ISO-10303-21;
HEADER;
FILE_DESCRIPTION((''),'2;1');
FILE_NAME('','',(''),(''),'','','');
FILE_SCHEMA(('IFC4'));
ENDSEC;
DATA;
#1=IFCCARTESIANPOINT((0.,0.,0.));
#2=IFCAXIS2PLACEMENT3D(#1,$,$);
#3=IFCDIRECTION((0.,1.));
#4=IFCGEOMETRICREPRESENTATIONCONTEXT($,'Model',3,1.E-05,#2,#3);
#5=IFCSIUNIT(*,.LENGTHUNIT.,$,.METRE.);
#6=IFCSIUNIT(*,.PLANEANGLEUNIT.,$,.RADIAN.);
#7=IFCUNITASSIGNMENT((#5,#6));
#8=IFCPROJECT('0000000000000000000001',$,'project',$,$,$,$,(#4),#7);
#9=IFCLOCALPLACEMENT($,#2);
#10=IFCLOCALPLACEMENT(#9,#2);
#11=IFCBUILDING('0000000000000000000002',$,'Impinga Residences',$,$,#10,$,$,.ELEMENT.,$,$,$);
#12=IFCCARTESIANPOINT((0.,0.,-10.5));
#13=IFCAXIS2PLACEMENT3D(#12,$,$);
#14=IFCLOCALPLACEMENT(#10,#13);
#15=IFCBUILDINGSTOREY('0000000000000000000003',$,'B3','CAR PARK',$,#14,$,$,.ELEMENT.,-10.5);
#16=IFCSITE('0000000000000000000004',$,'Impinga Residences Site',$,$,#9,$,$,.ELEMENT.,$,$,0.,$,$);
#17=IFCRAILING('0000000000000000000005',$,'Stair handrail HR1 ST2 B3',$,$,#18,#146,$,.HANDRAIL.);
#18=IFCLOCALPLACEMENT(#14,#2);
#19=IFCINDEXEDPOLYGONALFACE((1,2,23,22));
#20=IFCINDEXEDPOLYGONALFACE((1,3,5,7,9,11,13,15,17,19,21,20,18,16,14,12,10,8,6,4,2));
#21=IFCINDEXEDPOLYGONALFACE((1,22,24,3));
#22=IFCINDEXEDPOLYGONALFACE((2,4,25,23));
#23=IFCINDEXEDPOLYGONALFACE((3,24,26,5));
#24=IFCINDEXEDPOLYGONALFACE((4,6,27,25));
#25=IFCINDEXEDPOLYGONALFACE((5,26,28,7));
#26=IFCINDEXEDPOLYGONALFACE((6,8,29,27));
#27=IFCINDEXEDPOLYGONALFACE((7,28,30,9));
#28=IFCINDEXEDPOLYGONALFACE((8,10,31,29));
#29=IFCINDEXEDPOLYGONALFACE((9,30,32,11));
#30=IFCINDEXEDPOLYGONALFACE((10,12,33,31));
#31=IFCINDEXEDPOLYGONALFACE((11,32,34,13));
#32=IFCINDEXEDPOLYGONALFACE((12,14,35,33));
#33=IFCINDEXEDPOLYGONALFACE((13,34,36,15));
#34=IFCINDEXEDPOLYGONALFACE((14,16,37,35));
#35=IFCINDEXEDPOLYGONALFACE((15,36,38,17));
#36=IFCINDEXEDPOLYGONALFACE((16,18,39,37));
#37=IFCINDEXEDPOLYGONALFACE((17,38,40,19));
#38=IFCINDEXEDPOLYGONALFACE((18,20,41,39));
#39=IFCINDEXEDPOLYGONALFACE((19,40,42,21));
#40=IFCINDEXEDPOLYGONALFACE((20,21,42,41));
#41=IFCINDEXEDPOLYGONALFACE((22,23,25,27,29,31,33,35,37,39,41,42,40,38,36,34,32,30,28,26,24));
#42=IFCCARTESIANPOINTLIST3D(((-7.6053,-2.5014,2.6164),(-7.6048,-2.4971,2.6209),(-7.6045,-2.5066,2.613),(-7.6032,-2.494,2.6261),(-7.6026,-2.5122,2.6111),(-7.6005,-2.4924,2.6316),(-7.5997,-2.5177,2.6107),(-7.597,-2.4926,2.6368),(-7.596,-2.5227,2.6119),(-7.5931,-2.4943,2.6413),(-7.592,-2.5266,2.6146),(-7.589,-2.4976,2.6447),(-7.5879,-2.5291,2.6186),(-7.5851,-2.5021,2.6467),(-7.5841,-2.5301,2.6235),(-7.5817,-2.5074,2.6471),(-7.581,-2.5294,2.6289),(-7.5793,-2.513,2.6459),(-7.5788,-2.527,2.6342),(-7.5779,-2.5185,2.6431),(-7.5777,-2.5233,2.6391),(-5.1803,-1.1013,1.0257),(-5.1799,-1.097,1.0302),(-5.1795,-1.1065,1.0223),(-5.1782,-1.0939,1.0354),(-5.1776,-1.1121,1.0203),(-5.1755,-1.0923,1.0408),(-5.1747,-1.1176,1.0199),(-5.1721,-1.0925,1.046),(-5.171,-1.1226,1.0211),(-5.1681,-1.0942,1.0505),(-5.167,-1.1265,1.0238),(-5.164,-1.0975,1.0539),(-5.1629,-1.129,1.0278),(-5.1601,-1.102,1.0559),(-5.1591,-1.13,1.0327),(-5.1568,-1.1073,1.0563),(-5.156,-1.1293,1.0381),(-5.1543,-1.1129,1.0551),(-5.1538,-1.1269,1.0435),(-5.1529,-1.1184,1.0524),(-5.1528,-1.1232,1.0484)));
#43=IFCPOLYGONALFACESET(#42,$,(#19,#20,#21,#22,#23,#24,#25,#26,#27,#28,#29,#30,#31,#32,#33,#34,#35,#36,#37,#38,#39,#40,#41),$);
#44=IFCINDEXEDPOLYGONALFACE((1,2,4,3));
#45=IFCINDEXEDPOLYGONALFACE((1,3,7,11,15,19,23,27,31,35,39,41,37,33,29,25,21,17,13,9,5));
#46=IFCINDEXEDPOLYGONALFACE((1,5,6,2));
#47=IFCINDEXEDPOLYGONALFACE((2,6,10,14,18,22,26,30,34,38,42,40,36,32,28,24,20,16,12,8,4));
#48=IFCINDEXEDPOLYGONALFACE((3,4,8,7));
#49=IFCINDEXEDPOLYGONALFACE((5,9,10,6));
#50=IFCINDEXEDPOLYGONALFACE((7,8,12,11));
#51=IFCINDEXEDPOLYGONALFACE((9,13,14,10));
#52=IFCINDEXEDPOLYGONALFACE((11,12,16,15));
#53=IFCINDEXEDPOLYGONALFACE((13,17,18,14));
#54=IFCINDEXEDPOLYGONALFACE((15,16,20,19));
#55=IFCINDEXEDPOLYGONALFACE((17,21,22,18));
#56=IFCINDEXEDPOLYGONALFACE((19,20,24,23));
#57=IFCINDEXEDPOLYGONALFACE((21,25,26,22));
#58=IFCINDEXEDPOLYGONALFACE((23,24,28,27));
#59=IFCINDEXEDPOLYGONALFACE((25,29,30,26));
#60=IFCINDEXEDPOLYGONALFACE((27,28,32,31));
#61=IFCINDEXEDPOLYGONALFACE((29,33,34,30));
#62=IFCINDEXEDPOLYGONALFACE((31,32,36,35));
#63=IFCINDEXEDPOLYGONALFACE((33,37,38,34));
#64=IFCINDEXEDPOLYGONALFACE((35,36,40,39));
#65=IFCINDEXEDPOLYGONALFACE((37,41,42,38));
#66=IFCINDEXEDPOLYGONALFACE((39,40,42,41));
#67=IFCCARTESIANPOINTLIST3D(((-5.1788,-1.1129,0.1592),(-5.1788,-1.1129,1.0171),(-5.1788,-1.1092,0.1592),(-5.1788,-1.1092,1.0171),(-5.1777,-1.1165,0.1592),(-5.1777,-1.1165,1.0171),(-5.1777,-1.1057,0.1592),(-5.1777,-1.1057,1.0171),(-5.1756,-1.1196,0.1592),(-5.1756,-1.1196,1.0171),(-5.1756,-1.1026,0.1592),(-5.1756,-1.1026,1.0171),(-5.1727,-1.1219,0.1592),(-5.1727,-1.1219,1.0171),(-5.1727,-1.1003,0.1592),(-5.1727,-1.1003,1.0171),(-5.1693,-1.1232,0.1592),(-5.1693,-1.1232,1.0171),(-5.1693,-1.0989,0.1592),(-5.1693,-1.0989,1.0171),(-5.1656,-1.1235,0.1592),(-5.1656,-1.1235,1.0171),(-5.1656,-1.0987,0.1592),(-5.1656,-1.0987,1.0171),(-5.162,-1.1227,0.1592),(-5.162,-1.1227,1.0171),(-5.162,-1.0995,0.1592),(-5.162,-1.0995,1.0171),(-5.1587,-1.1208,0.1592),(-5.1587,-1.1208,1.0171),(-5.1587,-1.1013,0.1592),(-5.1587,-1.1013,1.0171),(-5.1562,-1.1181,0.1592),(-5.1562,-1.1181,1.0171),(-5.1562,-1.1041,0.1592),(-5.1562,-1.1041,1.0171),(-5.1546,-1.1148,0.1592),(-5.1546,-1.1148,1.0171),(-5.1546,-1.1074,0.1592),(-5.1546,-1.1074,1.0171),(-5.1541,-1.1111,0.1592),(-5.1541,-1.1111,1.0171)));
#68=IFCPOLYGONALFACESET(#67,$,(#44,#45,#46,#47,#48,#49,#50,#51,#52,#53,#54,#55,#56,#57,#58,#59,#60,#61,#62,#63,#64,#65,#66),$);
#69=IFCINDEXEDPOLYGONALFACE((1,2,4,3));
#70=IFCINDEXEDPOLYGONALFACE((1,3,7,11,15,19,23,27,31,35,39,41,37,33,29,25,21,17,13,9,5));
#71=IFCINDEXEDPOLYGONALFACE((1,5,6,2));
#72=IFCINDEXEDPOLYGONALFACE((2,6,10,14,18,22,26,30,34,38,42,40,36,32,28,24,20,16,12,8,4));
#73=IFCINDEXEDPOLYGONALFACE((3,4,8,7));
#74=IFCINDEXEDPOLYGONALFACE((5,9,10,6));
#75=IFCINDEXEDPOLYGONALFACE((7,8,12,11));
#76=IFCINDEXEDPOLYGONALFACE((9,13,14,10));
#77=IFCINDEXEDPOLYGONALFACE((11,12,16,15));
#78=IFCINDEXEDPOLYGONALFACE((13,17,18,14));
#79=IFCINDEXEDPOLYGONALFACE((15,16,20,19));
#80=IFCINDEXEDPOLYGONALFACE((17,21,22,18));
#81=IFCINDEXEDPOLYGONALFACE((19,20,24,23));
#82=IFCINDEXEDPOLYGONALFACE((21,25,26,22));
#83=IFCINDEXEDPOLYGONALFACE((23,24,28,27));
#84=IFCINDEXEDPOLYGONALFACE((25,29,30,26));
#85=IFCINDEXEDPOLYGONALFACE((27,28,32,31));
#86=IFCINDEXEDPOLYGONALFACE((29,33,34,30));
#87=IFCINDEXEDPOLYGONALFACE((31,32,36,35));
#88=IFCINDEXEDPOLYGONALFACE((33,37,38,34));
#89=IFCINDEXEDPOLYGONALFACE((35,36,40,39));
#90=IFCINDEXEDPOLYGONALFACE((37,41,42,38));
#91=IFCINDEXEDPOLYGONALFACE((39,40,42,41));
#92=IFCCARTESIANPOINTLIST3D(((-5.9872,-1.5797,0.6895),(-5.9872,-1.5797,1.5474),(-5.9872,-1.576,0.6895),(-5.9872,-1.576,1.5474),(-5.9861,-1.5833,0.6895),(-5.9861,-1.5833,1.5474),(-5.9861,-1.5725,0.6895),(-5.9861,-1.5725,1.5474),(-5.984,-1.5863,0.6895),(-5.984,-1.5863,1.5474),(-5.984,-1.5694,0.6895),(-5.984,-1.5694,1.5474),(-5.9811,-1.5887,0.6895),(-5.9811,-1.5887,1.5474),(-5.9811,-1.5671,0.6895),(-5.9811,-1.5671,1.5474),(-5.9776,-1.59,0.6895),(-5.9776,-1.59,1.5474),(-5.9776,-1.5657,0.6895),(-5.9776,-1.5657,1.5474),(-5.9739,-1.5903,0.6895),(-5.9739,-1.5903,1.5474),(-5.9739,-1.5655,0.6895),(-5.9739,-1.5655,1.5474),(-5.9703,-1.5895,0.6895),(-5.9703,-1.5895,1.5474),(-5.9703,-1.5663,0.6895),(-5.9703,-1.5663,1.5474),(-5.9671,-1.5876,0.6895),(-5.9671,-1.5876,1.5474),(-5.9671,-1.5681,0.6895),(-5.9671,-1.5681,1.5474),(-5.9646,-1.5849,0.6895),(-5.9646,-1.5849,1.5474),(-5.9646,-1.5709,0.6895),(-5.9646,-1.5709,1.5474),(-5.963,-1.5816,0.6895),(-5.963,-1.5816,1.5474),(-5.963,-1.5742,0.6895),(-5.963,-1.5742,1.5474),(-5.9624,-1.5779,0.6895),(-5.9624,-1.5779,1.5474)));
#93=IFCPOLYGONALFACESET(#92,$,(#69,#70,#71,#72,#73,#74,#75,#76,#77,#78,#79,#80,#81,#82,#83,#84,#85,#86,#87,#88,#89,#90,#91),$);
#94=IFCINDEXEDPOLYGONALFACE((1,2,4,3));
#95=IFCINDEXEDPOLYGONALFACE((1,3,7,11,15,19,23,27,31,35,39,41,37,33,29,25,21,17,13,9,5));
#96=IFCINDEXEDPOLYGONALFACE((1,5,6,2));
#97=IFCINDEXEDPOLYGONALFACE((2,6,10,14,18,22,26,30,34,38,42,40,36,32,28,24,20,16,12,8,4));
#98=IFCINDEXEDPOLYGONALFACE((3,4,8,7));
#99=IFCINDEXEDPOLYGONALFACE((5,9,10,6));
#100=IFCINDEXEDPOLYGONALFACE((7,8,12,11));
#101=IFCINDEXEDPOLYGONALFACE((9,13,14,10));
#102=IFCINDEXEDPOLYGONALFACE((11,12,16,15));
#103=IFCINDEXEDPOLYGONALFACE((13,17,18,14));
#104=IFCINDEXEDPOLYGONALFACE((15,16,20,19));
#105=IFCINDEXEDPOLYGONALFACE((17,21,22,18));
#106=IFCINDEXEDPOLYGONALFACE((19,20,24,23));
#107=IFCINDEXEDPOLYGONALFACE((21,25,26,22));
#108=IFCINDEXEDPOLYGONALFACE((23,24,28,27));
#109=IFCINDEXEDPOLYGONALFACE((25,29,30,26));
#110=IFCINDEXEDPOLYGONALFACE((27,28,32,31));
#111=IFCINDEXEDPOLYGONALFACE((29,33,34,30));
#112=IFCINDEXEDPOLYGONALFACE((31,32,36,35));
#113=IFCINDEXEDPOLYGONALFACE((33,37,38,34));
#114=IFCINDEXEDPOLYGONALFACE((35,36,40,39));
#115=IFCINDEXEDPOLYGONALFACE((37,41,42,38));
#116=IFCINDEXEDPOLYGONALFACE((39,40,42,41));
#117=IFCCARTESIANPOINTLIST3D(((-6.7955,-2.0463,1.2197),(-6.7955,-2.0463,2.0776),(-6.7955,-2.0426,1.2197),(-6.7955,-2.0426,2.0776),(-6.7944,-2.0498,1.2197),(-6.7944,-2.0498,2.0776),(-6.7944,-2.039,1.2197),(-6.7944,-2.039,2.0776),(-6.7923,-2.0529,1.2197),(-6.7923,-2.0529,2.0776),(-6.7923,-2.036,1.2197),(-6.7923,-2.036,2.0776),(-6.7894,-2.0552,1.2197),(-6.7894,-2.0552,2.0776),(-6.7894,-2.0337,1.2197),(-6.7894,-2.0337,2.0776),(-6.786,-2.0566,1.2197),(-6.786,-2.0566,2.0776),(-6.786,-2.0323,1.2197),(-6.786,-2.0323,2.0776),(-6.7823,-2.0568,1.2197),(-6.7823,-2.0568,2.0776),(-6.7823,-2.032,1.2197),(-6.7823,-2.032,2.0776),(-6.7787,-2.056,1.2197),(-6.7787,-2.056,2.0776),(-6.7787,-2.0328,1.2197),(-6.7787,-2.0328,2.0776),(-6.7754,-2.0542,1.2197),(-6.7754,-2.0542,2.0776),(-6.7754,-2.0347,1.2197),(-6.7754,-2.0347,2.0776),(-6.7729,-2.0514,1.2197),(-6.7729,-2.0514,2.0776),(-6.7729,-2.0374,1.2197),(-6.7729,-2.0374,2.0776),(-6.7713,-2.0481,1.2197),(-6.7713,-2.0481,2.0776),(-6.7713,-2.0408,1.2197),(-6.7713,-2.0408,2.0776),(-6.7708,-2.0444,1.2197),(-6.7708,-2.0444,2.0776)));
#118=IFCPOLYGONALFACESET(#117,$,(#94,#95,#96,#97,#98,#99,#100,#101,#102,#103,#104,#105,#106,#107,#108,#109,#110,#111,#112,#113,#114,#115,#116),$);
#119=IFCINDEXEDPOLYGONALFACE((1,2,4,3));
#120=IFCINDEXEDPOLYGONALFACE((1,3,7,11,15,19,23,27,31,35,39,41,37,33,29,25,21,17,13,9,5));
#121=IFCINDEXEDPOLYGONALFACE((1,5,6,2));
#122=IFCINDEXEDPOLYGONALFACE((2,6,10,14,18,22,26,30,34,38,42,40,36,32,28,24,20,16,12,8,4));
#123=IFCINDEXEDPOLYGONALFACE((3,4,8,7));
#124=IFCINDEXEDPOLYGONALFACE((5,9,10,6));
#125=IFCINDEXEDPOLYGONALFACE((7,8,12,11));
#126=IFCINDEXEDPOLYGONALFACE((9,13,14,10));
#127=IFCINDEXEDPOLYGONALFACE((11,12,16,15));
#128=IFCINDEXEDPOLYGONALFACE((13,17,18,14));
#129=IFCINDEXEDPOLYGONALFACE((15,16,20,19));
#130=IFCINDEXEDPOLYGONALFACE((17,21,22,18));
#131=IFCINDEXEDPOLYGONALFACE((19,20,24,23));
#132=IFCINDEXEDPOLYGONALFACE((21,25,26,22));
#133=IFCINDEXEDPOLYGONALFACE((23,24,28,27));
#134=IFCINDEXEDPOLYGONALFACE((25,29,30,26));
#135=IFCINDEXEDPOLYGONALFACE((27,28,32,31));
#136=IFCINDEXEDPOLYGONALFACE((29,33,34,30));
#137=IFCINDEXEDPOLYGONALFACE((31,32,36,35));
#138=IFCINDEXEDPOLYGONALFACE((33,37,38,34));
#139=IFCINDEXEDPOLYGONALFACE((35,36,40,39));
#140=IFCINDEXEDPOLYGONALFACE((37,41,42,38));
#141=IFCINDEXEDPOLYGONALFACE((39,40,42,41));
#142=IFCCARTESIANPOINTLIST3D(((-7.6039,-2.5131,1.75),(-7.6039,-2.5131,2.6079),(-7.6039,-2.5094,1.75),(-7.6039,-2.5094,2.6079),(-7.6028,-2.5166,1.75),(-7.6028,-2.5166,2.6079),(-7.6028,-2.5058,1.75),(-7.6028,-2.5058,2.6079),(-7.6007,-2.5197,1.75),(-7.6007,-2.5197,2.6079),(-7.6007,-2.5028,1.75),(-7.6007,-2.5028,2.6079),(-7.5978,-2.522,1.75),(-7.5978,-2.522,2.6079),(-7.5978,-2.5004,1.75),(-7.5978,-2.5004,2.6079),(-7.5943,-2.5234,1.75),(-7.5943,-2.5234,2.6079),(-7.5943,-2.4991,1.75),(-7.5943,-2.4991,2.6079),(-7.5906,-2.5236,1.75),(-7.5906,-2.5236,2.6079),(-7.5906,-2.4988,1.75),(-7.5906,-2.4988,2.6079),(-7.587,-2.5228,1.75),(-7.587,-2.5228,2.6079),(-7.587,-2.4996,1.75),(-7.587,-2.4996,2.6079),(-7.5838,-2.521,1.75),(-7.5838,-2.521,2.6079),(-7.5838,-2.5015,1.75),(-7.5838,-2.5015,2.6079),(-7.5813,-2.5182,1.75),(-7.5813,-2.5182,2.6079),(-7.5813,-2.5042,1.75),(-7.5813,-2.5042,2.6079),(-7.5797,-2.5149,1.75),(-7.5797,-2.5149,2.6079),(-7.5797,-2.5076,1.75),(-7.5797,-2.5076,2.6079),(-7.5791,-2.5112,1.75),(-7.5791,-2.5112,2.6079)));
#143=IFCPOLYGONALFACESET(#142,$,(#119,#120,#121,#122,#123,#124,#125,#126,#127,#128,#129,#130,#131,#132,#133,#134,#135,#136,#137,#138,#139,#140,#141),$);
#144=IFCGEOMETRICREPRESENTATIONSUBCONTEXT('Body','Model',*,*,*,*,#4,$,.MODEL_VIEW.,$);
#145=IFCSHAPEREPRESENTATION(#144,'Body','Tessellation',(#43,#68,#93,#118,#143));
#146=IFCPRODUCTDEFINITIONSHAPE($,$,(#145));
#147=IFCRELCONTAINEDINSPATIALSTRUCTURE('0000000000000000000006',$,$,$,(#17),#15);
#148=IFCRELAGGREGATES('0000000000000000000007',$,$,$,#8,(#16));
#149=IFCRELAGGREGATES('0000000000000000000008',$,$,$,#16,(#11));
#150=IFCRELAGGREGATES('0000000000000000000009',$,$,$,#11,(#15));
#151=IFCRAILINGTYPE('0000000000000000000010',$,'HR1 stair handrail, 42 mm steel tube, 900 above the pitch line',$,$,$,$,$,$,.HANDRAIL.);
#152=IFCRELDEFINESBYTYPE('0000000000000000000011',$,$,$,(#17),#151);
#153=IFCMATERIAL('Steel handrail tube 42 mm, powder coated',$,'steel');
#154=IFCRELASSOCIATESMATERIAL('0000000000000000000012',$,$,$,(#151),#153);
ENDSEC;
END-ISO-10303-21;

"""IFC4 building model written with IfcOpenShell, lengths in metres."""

from ifc_helpers import new_model, si_unit, direction, frame, origin, origin_2d, place, context, subcontext, project, spatial, circle, extrude, material, type_object, element, save


model = new_model("IFC4")

# Units and contexts
model_context = context("Model", 3, precision=1e-05, world=origin(), true_north=direction((0.0, 1.0)))
body_context = subcontext(model_context, "Body", "Model", "MODEL_VIEW")
ifc_project = project(units=[si_unit("LENGTHUNIT", "METRE"), si_unit("PLANEANGLEUNIT", "RADIAN")], contexts=[model_context])

# Site, building, storey
site_placement = place(None, origin())
site = spatial("IfcSite", under=ifc_project, at=site_placement, Name="Impinga Residences Site", CompositionType="ELEMENT", RefElevation=0.0)
building_placement = place(site_placement, origin())
building = spatial("IfcBuilding", under=site, at=building_placement, Name="Impinga Residences", CompositionType="ELEMENT")
storey_placement = place(building_placement, frame((0.0, 0.0, -10.5)))
storey = spatial("IfcBuildingStorey", under=building, at=storey_placement, Name="B3", Description="CAR PARK", CompositionType="ELEMENT", Elevation=-10.5)

# Railing
ifc_material_1 = material(Name="Steel handrail tube 42 mm, powder coated", Category="steel")
railing_type_1 = type_object("IfcRailingType", Name="HR1 stair handrail, 42 mm steel tube, 900 above the pitch line", PredefinedType="HANDRAIL", material=ifc_material_1)
railing_1_placement = place(storey_placement, frame((-5.1665, -1.1111, 0.1592)))
element("IfcRailing", 1, at=railing_1_placement, inside=storey, type_object=railing_type_1, Name="Stair handrail HR1 ST2 B3", PredefinedType="HANDRAIL", context=body_context, shape_type="SweptSolid", body=[
    extrude(circle(Radius=0.021, at=origin_2d()), frame((0.0, 0.0, 0.8789), z_axis=(-0.752991, -0.434753, 0.493958), x_axis=(0.500012, -0.866019, 0.0)), (0.0, 0.0, 1.0), 3.2205),
    extrude(circle(Radius=0.0125, at=origin_2d()), origin(), (0.0, 0.0, 1.0), 0.8579),
    extrude(circle(Radius=0.0125, at=origin_2d()), frame((-0.8083, -0.4668, 0.5303)), (0.0, 0.0, 1.0), 0.8579),
    extrude(circle(Radius=0.0125, at=origin_2d()), frame((-1.6167, -0.9333, 1.0605)), (0.0, 0.0, 1.0), 0.8579),
    extrude(circle(Radius=0.0125, at=origin_2d()), frame((-2.425, -1.4001, 1.5908)), (0.0, 0.0, 1.0), 0.8579),
])

save(model, "model.ifc")
